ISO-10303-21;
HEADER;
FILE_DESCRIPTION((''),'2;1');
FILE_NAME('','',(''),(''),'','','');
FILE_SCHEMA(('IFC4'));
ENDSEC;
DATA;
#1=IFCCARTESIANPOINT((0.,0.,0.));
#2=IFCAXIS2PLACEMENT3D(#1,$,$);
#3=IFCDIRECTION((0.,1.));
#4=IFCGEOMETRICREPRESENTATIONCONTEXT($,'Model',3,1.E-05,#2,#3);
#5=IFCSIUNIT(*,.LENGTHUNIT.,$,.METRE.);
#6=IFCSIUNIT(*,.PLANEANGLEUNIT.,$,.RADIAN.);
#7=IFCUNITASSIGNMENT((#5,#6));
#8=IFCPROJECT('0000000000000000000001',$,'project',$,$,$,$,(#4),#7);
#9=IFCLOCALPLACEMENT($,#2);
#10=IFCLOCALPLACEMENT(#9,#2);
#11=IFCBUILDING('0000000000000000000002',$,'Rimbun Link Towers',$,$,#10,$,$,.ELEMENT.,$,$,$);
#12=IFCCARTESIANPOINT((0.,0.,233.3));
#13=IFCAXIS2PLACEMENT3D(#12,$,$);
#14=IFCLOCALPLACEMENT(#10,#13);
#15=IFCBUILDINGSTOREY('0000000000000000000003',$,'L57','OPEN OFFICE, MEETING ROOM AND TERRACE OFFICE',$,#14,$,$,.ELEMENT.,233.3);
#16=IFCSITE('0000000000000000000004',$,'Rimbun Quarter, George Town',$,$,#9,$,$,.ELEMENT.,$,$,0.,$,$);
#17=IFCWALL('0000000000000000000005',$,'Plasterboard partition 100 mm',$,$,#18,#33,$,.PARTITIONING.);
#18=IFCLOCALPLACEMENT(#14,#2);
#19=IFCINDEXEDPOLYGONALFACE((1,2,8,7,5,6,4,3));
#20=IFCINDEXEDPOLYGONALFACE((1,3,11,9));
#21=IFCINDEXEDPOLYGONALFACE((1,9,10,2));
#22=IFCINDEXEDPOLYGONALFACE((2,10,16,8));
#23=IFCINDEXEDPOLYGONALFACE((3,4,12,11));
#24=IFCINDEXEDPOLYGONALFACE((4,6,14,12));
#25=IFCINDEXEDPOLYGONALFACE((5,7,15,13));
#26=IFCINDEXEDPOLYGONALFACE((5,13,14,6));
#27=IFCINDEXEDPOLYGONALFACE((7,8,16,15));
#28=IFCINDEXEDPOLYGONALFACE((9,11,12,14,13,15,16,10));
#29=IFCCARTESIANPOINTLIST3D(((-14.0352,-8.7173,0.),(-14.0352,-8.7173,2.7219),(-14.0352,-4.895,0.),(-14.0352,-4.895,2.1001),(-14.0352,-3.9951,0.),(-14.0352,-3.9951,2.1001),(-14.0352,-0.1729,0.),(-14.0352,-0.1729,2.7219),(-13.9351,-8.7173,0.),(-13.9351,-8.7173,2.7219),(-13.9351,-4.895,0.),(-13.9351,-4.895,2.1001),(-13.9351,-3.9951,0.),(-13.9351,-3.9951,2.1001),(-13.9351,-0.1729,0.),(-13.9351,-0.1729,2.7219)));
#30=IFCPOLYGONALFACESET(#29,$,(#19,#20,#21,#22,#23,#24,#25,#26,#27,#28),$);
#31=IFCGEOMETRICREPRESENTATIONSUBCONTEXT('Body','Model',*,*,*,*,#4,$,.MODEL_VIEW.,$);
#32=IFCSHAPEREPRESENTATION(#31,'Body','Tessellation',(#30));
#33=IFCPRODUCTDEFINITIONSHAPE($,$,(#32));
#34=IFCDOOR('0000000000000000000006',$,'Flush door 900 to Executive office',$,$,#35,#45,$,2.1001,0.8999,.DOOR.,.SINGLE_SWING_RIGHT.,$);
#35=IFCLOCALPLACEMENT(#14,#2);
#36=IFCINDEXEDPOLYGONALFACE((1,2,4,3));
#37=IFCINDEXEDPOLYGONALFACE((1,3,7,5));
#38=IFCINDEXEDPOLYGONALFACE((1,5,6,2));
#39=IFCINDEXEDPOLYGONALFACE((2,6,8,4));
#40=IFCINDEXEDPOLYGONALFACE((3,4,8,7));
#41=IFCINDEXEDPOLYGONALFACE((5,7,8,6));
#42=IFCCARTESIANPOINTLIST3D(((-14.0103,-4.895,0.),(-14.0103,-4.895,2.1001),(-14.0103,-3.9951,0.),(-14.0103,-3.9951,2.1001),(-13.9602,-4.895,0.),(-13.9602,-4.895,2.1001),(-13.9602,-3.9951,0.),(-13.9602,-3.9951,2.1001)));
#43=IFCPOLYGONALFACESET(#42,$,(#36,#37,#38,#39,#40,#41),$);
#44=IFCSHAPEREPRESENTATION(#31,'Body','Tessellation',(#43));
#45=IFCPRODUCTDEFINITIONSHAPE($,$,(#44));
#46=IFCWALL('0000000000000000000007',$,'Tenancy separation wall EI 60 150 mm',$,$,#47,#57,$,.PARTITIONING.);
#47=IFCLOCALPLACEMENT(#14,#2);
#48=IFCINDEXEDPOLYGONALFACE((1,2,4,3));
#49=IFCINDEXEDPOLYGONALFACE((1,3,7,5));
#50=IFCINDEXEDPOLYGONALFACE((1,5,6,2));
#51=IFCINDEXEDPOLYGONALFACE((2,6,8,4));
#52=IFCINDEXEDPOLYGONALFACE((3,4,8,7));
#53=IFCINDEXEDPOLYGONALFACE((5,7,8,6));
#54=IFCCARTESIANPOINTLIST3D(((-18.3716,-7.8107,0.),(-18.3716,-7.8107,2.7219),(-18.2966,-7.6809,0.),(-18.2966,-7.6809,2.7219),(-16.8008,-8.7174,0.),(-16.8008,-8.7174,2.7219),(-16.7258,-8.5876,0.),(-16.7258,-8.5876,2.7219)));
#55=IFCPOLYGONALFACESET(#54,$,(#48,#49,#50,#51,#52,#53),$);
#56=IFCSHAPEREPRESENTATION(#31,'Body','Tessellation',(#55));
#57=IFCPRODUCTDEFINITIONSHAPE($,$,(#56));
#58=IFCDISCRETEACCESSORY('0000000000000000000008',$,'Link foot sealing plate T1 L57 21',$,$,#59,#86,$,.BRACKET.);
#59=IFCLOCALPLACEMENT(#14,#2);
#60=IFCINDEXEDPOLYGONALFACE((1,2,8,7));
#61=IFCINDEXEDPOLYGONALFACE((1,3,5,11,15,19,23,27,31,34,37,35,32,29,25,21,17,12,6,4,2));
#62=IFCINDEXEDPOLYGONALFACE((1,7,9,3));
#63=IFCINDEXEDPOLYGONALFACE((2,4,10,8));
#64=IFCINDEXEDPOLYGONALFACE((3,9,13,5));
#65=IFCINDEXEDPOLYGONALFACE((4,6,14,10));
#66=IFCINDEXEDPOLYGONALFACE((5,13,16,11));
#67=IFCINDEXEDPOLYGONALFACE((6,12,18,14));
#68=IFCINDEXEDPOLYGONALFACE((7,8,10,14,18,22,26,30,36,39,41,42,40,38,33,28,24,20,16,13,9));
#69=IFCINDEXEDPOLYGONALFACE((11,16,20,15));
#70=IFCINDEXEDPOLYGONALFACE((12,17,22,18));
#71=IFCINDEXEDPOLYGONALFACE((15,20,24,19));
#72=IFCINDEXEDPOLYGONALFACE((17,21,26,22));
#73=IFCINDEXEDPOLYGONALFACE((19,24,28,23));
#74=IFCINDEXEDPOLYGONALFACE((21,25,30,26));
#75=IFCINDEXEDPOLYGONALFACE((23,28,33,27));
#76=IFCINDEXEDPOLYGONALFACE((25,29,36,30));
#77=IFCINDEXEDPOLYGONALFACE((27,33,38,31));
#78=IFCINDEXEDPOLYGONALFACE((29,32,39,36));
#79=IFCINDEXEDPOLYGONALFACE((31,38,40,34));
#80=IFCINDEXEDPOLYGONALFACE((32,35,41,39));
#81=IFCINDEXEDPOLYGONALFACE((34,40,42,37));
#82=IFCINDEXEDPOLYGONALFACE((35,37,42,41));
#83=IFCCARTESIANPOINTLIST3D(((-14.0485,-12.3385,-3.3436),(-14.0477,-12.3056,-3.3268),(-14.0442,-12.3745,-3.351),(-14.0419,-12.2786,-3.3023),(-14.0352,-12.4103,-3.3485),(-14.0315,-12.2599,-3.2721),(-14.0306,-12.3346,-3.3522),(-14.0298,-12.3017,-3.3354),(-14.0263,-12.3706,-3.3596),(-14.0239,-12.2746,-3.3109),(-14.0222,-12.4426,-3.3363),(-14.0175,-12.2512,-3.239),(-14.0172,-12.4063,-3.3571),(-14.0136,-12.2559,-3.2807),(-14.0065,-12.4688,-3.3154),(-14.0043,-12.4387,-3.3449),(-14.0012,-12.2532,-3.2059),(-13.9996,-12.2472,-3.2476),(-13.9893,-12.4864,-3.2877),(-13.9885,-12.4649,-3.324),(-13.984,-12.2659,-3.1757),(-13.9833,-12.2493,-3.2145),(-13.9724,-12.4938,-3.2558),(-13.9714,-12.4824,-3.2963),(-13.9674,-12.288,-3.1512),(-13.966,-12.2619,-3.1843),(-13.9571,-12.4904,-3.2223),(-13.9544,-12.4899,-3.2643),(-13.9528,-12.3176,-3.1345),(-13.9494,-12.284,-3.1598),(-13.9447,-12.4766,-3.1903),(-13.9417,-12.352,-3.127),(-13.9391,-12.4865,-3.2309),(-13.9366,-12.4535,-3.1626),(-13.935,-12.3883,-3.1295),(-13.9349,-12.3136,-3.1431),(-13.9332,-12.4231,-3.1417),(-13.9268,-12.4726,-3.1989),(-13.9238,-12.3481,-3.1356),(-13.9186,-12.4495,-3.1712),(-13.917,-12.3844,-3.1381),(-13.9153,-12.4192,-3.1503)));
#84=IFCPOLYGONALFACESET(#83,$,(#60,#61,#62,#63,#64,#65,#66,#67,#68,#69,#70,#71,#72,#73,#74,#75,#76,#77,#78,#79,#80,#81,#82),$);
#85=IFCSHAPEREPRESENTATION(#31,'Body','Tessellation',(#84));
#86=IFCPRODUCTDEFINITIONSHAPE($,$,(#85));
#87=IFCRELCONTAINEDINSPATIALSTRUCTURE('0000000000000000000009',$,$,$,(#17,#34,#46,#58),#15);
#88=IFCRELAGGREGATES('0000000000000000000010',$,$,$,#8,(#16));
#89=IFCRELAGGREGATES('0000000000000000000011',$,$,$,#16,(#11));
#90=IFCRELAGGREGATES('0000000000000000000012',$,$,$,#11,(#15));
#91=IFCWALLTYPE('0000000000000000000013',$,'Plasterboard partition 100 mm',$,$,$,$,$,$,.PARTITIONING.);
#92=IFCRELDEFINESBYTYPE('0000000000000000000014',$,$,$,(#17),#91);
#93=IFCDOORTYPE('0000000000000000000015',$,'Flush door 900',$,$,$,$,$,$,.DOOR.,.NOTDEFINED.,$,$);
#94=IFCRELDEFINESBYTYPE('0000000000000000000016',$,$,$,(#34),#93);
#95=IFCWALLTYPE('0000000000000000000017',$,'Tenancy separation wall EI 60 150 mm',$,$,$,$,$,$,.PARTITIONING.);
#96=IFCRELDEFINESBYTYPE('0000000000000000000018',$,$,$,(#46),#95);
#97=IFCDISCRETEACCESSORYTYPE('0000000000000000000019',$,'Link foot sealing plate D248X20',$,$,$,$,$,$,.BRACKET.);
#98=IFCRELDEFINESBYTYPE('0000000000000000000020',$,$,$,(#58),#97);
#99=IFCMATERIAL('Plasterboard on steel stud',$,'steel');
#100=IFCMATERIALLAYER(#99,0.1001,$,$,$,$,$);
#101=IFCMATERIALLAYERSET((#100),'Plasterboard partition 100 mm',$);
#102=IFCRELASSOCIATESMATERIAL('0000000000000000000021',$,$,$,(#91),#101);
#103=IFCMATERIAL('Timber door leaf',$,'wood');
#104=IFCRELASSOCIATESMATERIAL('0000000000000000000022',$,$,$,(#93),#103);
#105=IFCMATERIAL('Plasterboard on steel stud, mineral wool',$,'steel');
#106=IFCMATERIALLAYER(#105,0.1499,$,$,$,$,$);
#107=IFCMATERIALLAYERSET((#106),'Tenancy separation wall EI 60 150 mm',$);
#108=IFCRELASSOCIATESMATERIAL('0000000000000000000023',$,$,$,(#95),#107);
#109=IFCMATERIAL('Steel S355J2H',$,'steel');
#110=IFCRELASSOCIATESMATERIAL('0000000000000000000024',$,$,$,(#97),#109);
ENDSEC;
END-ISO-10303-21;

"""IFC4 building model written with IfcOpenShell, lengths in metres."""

from ifc_helpers import new_model, si_unit, direction, frame, frame_2d, origin, origin_2d, place, context, subcontext, project, spatial, rectangle, circle, extrude, material, layer, layer_set, material_profile, profile_set, type_object, element, fill, save


model = new_model("IFC4")

# Units and contexts
model_context = context("Model", 3, precision=1e-05, world=origin(), true_north=direction((0.0, 1.0)))
body_context = subcontext(model_context, "Body", "Model", "MODEL_VIEW")
ifc_project = project(units=[si_unit("LENGTHUNIT", "METRE"), si_unit("PLANEANGLEUNIT", "RADIAN")], contexts=[model_context])

# Site, building, storey
site_placement = place(None, origin())
site = spatial("IfcSite", under=ifc_project, at=site_placement, Name="Rimbun Quarter, George Town", CompositionType="ELEMENT", RefElevation=0.0)
building_placement = place(site_placement, origin())
building = spatial("IfcBuilding", under=site, at=building_placement, Name="Rimbun Link Towers", CompositionType="ELEMENT")
storey_placement = place(building_placement, frame((0.0, 0.0, 233.3)))
storey = spatial("IfcBuildingStorey", under=building, at=storey_placement, Name="L57", Description="OPEN OFFICE, MEETING ROOM AND TERRACE OFFICE", CompositionType="ELEMENT", Elevation=233.3)

# Wall, opening, door
ifc_material_1 = material(Name="Plasterboard on steel stud", Category="steel")
ifc_layer_1 = layer(ifc_material_1, 0.1001)
ifc_layer_set_1 = layer_set([ifc_layer_1], Name="Plasterboard partition 100 mm")
wall_type_1 = type_object("IfcWallType", Name="Plasterboard partition 100 mm", PredefinedType="PARTITIONING", material=ifc_layer_set_1)
ifc_material_2 = material(Name="Timber door leaf", Category="wood")
door_type_1 = type_object("IfcDoorType", Name="Flush door 900", OperationType="NOTDEFINED", PredefinedType="DOOR", material=ifc_material_2)
wall_1_placement = place(storey_placement, frame((-13.9851, -0.1729, 0.0), z_axis=(0.0, 0.0, 1.0), x_axis=(0.0, -1.0, 0.0)))
wall_1 = element("IfcWall", 1, at=wall_1_placement, inside=storey, type_object=wall_type_1, Name="Plasterboard partition 100 mm", PredefinedType="PARTITIONING", context=body_context, shape_type="SweptSolid", body=[
    extrude(rectangle(XDim=8.5444, YDim=0.1001, at=frame_2d((4.2722, 0.0))), origin(), (0.0, 0.0, 1.0), 2.7219),
])
opening_1_placement = place(wall_1_placement, frame((3.8223, 0.0, 0.0)))
opening_1 = element("IfcOpeningElement", 2, at=opening_1_placement, cuts=wall_1, PredefinedType="OPENING", context=body_context, shape_type="SweptSolid", body=[
    extrude(rectangle(XDim=0.8999, YDim=2.1001, at=frame_2d((0.45, 1.05))), frame((0.0, 0.0601, 0.0), z_axis=(0.0, -1.0, 0.0), x_axis=(1.0, 0.0, 0.0)), (0.0, 0.0, 1.0), 0.1201),
])
door_1_placement = place(opening_1_placement, origin())
door_1 = element("IfcDoor", 3, at=door_1_placement, inside=storey, type_object=door_type_1, Name="Flush door 900 to Executive office", OperationType="SINGLE_SWING_RIGHT", OverallHeight=2.1001, OverallWidth=0.8999, PredefinedType="DOOR", context=body_context, shape_type="SweptSolid", body=[
    extrude(rectangle(XDim=0.8999, YDim=2.1001, at=frame_2d((0.45, 1.05))), frame((0.0, 0.0249, 0.0), z_axis=(0.0, -1.0, 0.0), x_axis=(1.0, 0.0, 0.0)), (0.0, 0.0, 1.0), 0.05),
])
fill(opening_1, door_1)

# Wall
ifc_material_3 = material(Name="Plasterboard on steel stud, mineral wool", Category="steel")
ifc_layer_2 = layer(ifc_material_3, 0.1499)
ifc_layer_set_2 = layer_set([ifc_layer_2], Name="Tenancy separation wall EI 60 150 mm")
wall_type_2 = type_object("IfcWallType", Name="Tenancy separation wall EI 60 150 mm", PredefinedType="PARTITIONING", material=ifc_layer_set_2)
wall_2_placement = place(storey_placement, frame((-18.334, -7.7458, 0.0), z_axis=(0.0, 0.0, 1.0), x_axis=(0.866065, -0.499932, 0.0)))
element("IfcWall", 4, at=wall_2_placement, inside=storey, type_object=wall_type_2, Name="Tenancy separation wall EI 60 150 mm", PredefinedType="PARTITIONING", context=body_context, shape_type="SweptSolid", body=[
    extrude(rectangle(XDim=1.8137, YDim=0.1499, at=frame_2d((0.9067, 0.0))), origin(), (0.0, 0.0, 1.0), 2.7219),
])

# Discrete accessory
ifc_material_4 = material(Name="Steel S355J2H", Category="steel")
ifc_material_profile_1 = material_profile(ifc_material_4, circle(Radius=0.124, at=origin_2d()), Name="PL D248")
ifc_profile_set_1 = profile_set([ifc_material_profile_1], Name="Steel S355J2H")
discrete_accessory_type = type_object("IfcDiscreteAccessoryType", Name="Link foot sealing plate D248X20", PredefinedType="BRACKET", material=ifc_profile_set_1)
discrete_accessory_placement = place(storey_placement, frame((-13.991, -12.3723, -3.239), z_axis=(0.884605, 0.193886, -0.424126), x_axis=(-0.214096, 0.976813, 0.0)))
element("IfcDiscreteAccessory", 5, at=discrete_accessory_placement, inside=storey, type_object=discrete_accessory_type, Name="Link foot sealing plate T1 L57 21", PredefinedType="BRACKET", context=body_context, shape_type="SweptSolid", body=[
    extrude(circle(Radius=0.124, at=origin_2d()), origin(), (0.0, 0.0, 1.0), 0.0203),
])

save(model, "model.ifc")
